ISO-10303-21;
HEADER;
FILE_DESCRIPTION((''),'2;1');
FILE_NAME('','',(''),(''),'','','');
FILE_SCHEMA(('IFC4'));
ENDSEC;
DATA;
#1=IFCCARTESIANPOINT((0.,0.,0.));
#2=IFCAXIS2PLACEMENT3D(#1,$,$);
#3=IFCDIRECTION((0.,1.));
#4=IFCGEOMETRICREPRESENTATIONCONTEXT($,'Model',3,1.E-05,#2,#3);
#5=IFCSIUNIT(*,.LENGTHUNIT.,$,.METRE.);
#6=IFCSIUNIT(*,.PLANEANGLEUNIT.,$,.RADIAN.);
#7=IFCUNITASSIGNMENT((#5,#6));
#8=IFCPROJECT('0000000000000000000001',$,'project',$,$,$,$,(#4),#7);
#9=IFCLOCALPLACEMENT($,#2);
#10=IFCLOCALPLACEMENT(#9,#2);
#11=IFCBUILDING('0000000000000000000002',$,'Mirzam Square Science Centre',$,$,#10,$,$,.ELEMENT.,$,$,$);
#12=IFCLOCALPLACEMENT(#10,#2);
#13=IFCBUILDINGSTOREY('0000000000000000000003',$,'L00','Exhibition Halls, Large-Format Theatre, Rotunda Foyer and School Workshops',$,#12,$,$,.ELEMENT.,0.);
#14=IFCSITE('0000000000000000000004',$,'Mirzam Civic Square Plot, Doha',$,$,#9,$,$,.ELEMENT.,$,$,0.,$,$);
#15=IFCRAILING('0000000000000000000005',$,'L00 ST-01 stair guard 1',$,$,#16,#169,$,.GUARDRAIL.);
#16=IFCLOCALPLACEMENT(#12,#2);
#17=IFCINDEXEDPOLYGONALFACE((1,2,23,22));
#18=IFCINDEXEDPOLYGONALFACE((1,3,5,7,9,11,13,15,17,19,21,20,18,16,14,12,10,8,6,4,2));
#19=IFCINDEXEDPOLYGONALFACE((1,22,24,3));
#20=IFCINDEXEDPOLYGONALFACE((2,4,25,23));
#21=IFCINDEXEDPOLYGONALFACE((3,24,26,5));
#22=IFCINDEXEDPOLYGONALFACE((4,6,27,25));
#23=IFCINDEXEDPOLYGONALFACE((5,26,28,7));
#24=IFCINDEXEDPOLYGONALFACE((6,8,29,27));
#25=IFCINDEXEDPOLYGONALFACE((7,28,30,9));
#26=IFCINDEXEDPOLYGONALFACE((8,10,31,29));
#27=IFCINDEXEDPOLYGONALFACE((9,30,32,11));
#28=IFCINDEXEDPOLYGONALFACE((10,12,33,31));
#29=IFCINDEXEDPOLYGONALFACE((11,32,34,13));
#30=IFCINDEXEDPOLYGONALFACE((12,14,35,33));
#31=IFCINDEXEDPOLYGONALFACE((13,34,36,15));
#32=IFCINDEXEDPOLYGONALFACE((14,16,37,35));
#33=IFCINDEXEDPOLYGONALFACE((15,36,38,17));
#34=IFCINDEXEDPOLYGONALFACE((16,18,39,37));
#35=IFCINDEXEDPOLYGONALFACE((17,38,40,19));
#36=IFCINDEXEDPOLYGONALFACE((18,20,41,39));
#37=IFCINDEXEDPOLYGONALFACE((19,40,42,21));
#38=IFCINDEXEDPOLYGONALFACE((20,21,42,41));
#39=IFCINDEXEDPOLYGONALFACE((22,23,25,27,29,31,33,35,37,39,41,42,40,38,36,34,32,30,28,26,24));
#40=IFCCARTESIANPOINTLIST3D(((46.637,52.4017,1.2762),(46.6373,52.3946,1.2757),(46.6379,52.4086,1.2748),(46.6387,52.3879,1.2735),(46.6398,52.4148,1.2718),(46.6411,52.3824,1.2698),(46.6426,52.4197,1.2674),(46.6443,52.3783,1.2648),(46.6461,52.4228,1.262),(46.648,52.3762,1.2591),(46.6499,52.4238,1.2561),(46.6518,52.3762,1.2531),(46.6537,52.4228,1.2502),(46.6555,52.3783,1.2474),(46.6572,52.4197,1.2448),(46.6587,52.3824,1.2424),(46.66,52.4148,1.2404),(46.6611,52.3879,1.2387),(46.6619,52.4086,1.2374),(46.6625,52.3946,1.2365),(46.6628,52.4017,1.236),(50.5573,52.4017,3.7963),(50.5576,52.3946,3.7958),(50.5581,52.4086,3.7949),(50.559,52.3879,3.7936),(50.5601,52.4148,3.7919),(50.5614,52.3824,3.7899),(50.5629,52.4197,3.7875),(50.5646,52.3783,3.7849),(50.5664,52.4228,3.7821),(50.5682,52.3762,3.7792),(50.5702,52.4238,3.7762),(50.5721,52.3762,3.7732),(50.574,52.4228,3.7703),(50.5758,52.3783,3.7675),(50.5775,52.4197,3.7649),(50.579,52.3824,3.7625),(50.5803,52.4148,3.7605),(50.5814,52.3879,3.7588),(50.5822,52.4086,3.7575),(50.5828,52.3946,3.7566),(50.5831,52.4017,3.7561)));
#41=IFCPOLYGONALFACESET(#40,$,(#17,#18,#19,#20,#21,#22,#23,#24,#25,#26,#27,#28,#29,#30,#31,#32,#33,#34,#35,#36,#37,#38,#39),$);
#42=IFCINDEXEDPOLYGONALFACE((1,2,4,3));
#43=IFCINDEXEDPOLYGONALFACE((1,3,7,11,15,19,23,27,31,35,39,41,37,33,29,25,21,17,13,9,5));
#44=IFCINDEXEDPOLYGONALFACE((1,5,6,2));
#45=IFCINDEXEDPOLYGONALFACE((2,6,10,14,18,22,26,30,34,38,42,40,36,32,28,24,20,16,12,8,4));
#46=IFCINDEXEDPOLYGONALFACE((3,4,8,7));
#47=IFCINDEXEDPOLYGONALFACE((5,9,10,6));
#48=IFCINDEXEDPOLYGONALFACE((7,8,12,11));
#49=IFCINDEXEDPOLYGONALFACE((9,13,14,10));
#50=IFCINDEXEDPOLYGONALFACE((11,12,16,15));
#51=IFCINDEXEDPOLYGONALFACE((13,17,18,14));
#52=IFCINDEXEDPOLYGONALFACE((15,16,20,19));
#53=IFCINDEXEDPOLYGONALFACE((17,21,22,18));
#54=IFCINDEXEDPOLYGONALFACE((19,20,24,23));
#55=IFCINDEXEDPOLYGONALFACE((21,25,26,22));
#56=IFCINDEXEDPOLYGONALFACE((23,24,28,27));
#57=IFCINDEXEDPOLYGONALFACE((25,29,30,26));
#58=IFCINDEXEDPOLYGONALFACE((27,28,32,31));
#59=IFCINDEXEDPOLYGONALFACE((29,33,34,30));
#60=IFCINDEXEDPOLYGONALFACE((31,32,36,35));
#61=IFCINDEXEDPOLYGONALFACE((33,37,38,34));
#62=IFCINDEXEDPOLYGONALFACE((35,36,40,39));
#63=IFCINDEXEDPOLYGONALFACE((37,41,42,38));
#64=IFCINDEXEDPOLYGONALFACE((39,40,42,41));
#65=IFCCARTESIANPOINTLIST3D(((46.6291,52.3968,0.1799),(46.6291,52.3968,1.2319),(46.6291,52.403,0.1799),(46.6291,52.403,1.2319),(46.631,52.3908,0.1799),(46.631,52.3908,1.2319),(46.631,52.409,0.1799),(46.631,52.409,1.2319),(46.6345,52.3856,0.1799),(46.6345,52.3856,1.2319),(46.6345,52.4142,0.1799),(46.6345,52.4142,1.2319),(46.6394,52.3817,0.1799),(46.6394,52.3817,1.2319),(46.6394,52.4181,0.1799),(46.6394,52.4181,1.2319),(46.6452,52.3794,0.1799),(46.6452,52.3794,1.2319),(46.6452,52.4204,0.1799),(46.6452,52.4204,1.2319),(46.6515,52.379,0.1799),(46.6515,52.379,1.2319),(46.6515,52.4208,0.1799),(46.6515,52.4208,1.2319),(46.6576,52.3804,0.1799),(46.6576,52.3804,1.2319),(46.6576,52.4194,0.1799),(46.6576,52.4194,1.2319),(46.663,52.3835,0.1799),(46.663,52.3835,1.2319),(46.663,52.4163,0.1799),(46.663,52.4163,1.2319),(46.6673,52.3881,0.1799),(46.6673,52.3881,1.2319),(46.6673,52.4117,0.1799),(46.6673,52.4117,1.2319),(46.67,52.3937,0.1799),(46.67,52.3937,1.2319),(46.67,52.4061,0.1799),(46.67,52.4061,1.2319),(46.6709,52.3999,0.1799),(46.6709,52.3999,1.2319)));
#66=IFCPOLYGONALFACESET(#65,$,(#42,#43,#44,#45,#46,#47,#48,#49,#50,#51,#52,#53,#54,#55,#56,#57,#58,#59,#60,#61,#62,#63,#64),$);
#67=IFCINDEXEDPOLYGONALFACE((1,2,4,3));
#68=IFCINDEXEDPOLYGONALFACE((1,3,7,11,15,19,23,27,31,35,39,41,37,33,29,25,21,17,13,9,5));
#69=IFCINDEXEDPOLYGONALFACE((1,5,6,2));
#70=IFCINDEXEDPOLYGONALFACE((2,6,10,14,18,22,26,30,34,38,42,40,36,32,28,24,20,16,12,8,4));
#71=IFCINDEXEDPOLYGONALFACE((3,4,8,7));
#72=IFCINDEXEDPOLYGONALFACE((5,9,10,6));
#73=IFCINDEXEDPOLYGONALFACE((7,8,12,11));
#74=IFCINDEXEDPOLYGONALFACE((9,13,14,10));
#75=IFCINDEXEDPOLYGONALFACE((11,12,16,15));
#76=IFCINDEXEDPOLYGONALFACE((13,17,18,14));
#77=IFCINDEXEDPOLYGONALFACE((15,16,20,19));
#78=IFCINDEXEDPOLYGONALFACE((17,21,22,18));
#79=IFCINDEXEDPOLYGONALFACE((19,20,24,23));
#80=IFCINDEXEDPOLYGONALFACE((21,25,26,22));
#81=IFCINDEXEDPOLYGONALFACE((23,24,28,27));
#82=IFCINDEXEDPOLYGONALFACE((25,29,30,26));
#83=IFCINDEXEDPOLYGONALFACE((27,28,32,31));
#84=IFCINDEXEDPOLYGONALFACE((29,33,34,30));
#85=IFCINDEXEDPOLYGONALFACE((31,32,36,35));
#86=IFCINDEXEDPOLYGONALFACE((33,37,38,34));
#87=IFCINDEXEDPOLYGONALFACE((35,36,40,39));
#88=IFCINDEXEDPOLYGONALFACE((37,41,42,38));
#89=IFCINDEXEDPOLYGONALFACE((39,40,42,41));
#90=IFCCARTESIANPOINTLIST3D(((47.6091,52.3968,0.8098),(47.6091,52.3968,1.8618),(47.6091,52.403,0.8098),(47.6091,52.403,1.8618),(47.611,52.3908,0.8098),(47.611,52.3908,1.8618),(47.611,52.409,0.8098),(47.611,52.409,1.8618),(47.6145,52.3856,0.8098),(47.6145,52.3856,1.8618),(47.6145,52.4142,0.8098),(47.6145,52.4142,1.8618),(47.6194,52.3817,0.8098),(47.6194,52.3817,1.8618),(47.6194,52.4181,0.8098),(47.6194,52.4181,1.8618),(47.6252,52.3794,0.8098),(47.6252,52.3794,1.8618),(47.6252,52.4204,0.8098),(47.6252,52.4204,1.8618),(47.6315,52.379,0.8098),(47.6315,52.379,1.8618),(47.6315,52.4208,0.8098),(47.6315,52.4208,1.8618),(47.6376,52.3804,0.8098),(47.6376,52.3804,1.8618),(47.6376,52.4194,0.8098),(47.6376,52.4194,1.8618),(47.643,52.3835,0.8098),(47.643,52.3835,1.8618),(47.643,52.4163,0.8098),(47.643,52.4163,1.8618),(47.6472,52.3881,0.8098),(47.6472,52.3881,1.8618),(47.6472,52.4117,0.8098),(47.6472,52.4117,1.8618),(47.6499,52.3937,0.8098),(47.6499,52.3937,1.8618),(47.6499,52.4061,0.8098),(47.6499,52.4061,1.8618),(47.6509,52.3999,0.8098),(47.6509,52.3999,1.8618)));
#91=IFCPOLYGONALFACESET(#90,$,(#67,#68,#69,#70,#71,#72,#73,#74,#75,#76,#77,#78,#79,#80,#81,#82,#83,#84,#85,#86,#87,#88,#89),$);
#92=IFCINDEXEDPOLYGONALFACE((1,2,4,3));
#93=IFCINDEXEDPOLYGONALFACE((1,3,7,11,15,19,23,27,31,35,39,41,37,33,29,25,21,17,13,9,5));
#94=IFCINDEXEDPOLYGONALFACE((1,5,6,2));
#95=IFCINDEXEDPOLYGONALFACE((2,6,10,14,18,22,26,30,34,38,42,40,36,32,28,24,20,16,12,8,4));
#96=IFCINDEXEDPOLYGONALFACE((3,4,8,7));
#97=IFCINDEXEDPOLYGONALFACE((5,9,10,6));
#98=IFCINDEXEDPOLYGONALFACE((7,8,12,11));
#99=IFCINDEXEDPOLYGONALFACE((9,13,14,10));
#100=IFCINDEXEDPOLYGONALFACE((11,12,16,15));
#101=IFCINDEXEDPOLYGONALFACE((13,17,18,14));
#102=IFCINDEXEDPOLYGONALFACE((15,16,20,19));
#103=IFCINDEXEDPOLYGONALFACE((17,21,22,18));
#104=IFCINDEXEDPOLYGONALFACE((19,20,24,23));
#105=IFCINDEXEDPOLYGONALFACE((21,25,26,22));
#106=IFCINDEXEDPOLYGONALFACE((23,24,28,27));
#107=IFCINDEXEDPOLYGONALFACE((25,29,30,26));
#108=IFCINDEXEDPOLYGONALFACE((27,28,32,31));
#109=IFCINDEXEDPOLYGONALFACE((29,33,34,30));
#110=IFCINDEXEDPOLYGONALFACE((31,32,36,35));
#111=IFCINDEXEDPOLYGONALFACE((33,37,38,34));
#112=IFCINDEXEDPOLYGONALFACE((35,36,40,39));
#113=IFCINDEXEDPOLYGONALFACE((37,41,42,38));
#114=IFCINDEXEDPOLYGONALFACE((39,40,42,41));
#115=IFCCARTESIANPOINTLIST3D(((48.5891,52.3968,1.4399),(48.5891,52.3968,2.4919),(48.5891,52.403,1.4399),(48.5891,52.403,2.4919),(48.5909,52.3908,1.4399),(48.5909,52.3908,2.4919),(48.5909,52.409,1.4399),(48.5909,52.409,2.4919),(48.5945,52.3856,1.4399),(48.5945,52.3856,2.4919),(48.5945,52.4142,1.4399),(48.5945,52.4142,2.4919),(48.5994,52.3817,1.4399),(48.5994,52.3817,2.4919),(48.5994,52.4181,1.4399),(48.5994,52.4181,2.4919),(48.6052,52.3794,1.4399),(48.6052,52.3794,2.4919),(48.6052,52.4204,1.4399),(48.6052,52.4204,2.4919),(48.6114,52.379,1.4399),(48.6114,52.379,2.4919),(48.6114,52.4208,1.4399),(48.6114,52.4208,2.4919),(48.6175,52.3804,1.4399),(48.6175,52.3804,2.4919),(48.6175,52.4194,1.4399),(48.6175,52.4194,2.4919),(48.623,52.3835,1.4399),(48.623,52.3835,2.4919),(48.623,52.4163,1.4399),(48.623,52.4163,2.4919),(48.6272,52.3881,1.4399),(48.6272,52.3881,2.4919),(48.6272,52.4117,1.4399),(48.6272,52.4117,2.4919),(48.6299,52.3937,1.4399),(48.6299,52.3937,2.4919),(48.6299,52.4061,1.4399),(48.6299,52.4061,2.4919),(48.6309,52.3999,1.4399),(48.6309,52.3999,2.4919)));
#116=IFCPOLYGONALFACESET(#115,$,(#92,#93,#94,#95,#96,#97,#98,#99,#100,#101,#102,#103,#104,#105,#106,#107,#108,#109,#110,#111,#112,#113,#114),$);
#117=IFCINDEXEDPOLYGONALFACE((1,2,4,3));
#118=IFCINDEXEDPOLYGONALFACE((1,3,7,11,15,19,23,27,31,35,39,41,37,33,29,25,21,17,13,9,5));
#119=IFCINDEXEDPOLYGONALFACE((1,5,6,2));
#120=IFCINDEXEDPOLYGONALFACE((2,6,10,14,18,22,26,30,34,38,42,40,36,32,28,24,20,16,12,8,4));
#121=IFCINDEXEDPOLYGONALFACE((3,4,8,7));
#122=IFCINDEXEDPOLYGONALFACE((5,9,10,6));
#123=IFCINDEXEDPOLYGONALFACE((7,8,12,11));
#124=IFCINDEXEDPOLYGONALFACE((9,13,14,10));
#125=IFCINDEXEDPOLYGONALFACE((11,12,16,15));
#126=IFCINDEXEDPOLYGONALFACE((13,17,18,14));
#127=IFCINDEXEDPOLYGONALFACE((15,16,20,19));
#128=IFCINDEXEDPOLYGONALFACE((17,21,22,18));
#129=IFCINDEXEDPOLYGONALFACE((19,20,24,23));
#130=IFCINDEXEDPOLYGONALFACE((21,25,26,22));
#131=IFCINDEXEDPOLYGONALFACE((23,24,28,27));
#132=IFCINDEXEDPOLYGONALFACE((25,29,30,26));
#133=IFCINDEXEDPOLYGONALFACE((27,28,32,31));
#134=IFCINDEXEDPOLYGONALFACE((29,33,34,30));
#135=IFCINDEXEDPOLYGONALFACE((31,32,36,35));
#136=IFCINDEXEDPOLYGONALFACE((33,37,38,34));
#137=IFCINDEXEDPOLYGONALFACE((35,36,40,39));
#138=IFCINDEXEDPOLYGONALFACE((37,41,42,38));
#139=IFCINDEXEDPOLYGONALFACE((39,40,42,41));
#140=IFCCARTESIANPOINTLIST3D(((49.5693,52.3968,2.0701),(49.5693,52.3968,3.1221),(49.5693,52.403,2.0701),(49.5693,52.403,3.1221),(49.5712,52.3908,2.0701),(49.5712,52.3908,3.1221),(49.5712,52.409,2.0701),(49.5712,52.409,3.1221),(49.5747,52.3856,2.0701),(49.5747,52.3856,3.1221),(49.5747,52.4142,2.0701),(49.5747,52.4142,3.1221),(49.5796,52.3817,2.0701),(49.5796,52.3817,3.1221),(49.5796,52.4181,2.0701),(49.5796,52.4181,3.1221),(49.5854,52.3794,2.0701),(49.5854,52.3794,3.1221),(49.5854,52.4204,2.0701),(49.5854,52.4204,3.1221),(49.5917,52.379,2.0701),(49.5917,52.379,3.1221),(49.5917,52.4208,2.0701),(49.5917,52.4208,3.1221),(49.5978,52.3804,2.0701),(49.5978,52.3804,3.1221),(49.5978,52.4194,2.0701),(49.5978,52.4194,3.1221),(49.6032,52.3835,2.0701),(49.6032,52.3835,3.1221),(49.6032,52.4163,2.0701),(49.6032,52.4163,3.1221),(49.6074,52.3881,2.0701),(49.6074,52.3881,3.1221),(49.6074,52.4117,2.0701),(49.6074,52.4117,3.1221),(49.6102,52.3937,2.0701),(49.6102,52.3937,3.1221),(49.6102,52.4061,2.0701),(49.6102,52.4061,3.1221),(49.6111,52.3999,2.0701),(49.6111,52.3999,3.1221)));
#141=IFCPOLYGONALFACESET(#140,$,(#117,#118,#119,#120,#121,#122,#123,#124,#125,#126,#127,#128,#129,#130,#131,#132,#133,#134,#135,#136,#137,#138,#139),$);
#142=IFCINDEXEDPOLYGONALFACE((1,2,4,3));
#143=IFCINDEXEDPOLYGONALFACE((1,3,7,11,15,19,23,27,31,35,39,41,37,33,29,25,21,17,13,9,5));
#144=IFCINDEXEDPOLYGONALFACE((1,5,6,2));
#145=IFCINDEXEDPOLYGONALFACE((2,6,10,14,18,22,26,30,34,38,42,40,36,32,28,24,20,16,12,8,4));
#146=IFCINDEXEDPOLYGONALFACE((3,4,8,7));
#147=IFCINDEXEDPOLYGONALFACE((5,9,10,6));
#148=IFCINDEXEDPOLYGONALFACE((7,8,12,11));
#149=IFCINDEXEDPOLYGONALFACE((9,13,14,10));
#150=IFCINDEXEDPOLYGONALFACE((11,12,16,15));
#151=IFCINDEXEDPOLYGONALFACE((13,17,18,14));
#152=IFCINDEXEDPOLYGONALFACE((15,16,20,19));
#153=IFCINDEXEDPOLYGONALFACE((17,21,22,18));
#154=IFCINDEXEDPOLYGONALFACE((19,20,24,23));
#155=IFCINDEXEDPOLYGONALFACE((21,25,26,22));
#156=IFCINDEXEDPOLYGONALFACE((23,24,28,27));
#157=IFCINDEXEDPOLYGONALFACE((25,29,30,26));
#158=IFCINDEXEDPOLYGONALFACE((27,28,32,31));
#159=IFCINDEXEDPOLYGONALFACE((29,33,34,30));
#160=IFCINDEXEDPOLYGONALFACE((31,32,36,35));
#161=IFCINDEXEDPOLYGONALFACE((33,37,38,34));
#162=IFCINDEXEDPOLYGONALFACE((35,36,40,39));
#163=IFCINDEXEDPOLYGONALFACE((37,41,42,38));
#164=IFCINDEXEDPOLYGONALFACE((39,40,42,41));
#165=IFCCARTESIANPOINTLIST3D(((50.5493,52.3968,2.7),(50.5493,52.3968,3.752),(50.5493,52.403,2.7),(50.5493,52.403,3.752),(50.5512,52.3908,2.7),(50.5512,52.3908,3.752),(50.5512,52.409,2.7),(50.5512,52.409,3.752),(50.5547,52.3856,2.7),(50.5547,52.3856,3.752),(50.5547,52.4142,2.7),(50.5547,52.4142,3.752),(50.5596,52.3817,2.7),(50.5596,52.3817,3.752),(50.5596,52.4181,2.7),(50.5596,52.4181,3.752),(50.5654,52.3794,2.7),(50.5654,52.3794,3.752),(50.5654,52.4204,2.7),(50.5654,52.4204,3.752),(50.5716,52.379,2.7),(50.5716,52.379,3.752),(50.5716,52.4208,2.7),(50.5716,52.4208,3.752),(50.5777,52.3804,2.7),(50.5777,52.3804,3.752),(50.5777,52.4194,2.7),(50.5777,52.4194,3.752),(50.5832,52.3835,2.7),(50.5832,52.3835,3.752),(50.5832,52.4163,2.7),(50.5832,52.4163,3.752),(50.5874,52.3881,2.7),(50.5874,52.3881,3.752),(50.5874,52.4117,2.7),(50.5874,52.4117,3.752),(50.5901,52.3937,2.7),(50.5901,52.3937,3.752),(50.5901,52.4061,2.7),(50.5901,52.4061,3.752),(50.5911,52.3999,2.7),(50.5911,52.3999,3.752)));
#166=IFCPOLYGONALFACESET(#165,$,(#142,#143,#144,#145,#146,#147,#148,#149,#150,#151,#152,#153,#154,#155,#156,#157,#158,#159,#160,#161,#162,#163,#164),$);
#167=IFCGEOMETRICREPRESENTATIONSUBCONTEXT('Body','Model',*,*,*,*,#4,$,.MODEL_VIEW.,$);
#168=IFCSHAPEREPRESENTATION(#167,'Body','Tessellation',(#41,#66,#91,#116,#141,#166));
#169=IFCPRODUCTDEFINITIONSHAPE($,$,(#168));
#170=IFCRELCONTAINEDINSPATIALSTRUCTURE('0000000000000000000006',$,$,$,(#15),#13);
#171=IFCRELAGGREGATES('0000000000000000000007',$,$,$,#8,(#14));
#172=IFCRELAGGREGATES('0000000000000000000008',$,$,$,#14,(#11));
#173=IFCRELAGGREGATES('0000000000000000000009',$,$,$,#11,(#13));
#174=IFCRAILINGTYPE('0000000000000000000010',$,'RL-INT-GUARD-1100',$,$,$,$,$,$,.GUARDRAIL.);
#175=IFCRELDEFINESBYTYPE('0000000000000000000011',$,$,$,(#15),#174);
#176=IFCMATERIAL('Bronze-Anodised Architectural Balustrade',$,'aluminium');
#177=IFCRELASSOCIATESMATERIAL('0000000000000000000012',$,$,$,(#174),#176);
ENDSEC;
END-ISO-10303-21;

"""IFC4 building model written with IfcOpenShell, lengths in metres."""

from ifc_helpers import new_model, si_unit, direction, frame, origin, origin_2d, place, context, subcontext, project, spatial, circle, extrude, material, type_object, element, save


model = new_model("IFC4")

# Units and contexts
model_context = context("Model", 3, precision=1e-05, world=origin(), true_north=direction((0.0, 1.0)))
body_context = subcontext(model_context, "Body", "Model", "MODEL_VIEW")
ifc_project = project(units=[si_unit("LENGTHUNIT", "METRE"), si_unit("PLANEANGLEUNIT", "RADIAN")], contexts=[model_context])

# Site, building, storey
site_placement = place(None, origin())
site = spatial("IfcSite", under=ifc_project, at=site_placement, Name="Mirzam Civic Square Plot, Doha", CompositionType="ELEMENT", RefElevation=0.0)
building_placement = place(site_placement, origin())
building = spatial("IfcBuilding", under=site, at=building_placement, Name="Mirzam Square Science Centre", CompositionType="ELEMENT")
storey_placement = place(building_placement, origin())
storey = spatial("IfcBuildingStorey", under=building, at=storey_placement, Name="L00", Description="Exhibition Halls, Large-Format Theatre, Rotunda Foyer and School Workshops", CompositionType="ELEMENT", Elevation=0.0)

# Railing
ifc_material_1 = material(Name="Bronze-Anodised Architectural Balustrade", Category="aluminium")
railing_type_1 = type_object("IfcRailingType", Name="RL-INT-GUARD-1100", PredefinedType="GUARDRAIL", material=ifc_material_1)
railing_1_placement = place(storey_placement, frame((46.6499, 52.3999, 0.1799)))
element("IfcRailing", 1, at=railing_1_placement, inside=storey, type_object=railing_type_1, Name="L00 ST-01 stair guard 1", PredefinedType="GUARDRAIL", context=body_context, shape_type="SweptSolid", body=[
    extrude(circle(Radius=0.0239, at=origin_2d()), frame((0.0, 0.0, 1.0762), z_axis=(0.841187, 0.0, 0.540744), x_axis=(0.0, 1.0, 0.0)), (0.0, 0.0, 1.0), 4.6604),
    extrude(circle(Radius=0.021, at=origin_2d()), origin(), (0.0, 0.0, 1.0), 1.052),
    extrude(circle(Radius=0.021, at=origin_2d()), frame((0.98, 0.0, 0.6299)), (0.0, 0.0, 1.0), 1.052),
    extrude(circle(Radius=0.021, at=origin_2d()), frame((1.96, 0.0, 1.26)), (0.0, 0.0, 1.0), 1.052),
    extrude(circle(Radius=0.021, at=origin_2d()), frame((2.9402, 0.0, 1.8901)), (0.0, 0.0, 1.0), 1.052),
    extrude(circle(Radius=0.021, at=origin_2d()), frame((3.9202, 0.0, 2.52)), (0.0, 0.0, 1.0), 1.052),
])

save(model, "model.ifc")
